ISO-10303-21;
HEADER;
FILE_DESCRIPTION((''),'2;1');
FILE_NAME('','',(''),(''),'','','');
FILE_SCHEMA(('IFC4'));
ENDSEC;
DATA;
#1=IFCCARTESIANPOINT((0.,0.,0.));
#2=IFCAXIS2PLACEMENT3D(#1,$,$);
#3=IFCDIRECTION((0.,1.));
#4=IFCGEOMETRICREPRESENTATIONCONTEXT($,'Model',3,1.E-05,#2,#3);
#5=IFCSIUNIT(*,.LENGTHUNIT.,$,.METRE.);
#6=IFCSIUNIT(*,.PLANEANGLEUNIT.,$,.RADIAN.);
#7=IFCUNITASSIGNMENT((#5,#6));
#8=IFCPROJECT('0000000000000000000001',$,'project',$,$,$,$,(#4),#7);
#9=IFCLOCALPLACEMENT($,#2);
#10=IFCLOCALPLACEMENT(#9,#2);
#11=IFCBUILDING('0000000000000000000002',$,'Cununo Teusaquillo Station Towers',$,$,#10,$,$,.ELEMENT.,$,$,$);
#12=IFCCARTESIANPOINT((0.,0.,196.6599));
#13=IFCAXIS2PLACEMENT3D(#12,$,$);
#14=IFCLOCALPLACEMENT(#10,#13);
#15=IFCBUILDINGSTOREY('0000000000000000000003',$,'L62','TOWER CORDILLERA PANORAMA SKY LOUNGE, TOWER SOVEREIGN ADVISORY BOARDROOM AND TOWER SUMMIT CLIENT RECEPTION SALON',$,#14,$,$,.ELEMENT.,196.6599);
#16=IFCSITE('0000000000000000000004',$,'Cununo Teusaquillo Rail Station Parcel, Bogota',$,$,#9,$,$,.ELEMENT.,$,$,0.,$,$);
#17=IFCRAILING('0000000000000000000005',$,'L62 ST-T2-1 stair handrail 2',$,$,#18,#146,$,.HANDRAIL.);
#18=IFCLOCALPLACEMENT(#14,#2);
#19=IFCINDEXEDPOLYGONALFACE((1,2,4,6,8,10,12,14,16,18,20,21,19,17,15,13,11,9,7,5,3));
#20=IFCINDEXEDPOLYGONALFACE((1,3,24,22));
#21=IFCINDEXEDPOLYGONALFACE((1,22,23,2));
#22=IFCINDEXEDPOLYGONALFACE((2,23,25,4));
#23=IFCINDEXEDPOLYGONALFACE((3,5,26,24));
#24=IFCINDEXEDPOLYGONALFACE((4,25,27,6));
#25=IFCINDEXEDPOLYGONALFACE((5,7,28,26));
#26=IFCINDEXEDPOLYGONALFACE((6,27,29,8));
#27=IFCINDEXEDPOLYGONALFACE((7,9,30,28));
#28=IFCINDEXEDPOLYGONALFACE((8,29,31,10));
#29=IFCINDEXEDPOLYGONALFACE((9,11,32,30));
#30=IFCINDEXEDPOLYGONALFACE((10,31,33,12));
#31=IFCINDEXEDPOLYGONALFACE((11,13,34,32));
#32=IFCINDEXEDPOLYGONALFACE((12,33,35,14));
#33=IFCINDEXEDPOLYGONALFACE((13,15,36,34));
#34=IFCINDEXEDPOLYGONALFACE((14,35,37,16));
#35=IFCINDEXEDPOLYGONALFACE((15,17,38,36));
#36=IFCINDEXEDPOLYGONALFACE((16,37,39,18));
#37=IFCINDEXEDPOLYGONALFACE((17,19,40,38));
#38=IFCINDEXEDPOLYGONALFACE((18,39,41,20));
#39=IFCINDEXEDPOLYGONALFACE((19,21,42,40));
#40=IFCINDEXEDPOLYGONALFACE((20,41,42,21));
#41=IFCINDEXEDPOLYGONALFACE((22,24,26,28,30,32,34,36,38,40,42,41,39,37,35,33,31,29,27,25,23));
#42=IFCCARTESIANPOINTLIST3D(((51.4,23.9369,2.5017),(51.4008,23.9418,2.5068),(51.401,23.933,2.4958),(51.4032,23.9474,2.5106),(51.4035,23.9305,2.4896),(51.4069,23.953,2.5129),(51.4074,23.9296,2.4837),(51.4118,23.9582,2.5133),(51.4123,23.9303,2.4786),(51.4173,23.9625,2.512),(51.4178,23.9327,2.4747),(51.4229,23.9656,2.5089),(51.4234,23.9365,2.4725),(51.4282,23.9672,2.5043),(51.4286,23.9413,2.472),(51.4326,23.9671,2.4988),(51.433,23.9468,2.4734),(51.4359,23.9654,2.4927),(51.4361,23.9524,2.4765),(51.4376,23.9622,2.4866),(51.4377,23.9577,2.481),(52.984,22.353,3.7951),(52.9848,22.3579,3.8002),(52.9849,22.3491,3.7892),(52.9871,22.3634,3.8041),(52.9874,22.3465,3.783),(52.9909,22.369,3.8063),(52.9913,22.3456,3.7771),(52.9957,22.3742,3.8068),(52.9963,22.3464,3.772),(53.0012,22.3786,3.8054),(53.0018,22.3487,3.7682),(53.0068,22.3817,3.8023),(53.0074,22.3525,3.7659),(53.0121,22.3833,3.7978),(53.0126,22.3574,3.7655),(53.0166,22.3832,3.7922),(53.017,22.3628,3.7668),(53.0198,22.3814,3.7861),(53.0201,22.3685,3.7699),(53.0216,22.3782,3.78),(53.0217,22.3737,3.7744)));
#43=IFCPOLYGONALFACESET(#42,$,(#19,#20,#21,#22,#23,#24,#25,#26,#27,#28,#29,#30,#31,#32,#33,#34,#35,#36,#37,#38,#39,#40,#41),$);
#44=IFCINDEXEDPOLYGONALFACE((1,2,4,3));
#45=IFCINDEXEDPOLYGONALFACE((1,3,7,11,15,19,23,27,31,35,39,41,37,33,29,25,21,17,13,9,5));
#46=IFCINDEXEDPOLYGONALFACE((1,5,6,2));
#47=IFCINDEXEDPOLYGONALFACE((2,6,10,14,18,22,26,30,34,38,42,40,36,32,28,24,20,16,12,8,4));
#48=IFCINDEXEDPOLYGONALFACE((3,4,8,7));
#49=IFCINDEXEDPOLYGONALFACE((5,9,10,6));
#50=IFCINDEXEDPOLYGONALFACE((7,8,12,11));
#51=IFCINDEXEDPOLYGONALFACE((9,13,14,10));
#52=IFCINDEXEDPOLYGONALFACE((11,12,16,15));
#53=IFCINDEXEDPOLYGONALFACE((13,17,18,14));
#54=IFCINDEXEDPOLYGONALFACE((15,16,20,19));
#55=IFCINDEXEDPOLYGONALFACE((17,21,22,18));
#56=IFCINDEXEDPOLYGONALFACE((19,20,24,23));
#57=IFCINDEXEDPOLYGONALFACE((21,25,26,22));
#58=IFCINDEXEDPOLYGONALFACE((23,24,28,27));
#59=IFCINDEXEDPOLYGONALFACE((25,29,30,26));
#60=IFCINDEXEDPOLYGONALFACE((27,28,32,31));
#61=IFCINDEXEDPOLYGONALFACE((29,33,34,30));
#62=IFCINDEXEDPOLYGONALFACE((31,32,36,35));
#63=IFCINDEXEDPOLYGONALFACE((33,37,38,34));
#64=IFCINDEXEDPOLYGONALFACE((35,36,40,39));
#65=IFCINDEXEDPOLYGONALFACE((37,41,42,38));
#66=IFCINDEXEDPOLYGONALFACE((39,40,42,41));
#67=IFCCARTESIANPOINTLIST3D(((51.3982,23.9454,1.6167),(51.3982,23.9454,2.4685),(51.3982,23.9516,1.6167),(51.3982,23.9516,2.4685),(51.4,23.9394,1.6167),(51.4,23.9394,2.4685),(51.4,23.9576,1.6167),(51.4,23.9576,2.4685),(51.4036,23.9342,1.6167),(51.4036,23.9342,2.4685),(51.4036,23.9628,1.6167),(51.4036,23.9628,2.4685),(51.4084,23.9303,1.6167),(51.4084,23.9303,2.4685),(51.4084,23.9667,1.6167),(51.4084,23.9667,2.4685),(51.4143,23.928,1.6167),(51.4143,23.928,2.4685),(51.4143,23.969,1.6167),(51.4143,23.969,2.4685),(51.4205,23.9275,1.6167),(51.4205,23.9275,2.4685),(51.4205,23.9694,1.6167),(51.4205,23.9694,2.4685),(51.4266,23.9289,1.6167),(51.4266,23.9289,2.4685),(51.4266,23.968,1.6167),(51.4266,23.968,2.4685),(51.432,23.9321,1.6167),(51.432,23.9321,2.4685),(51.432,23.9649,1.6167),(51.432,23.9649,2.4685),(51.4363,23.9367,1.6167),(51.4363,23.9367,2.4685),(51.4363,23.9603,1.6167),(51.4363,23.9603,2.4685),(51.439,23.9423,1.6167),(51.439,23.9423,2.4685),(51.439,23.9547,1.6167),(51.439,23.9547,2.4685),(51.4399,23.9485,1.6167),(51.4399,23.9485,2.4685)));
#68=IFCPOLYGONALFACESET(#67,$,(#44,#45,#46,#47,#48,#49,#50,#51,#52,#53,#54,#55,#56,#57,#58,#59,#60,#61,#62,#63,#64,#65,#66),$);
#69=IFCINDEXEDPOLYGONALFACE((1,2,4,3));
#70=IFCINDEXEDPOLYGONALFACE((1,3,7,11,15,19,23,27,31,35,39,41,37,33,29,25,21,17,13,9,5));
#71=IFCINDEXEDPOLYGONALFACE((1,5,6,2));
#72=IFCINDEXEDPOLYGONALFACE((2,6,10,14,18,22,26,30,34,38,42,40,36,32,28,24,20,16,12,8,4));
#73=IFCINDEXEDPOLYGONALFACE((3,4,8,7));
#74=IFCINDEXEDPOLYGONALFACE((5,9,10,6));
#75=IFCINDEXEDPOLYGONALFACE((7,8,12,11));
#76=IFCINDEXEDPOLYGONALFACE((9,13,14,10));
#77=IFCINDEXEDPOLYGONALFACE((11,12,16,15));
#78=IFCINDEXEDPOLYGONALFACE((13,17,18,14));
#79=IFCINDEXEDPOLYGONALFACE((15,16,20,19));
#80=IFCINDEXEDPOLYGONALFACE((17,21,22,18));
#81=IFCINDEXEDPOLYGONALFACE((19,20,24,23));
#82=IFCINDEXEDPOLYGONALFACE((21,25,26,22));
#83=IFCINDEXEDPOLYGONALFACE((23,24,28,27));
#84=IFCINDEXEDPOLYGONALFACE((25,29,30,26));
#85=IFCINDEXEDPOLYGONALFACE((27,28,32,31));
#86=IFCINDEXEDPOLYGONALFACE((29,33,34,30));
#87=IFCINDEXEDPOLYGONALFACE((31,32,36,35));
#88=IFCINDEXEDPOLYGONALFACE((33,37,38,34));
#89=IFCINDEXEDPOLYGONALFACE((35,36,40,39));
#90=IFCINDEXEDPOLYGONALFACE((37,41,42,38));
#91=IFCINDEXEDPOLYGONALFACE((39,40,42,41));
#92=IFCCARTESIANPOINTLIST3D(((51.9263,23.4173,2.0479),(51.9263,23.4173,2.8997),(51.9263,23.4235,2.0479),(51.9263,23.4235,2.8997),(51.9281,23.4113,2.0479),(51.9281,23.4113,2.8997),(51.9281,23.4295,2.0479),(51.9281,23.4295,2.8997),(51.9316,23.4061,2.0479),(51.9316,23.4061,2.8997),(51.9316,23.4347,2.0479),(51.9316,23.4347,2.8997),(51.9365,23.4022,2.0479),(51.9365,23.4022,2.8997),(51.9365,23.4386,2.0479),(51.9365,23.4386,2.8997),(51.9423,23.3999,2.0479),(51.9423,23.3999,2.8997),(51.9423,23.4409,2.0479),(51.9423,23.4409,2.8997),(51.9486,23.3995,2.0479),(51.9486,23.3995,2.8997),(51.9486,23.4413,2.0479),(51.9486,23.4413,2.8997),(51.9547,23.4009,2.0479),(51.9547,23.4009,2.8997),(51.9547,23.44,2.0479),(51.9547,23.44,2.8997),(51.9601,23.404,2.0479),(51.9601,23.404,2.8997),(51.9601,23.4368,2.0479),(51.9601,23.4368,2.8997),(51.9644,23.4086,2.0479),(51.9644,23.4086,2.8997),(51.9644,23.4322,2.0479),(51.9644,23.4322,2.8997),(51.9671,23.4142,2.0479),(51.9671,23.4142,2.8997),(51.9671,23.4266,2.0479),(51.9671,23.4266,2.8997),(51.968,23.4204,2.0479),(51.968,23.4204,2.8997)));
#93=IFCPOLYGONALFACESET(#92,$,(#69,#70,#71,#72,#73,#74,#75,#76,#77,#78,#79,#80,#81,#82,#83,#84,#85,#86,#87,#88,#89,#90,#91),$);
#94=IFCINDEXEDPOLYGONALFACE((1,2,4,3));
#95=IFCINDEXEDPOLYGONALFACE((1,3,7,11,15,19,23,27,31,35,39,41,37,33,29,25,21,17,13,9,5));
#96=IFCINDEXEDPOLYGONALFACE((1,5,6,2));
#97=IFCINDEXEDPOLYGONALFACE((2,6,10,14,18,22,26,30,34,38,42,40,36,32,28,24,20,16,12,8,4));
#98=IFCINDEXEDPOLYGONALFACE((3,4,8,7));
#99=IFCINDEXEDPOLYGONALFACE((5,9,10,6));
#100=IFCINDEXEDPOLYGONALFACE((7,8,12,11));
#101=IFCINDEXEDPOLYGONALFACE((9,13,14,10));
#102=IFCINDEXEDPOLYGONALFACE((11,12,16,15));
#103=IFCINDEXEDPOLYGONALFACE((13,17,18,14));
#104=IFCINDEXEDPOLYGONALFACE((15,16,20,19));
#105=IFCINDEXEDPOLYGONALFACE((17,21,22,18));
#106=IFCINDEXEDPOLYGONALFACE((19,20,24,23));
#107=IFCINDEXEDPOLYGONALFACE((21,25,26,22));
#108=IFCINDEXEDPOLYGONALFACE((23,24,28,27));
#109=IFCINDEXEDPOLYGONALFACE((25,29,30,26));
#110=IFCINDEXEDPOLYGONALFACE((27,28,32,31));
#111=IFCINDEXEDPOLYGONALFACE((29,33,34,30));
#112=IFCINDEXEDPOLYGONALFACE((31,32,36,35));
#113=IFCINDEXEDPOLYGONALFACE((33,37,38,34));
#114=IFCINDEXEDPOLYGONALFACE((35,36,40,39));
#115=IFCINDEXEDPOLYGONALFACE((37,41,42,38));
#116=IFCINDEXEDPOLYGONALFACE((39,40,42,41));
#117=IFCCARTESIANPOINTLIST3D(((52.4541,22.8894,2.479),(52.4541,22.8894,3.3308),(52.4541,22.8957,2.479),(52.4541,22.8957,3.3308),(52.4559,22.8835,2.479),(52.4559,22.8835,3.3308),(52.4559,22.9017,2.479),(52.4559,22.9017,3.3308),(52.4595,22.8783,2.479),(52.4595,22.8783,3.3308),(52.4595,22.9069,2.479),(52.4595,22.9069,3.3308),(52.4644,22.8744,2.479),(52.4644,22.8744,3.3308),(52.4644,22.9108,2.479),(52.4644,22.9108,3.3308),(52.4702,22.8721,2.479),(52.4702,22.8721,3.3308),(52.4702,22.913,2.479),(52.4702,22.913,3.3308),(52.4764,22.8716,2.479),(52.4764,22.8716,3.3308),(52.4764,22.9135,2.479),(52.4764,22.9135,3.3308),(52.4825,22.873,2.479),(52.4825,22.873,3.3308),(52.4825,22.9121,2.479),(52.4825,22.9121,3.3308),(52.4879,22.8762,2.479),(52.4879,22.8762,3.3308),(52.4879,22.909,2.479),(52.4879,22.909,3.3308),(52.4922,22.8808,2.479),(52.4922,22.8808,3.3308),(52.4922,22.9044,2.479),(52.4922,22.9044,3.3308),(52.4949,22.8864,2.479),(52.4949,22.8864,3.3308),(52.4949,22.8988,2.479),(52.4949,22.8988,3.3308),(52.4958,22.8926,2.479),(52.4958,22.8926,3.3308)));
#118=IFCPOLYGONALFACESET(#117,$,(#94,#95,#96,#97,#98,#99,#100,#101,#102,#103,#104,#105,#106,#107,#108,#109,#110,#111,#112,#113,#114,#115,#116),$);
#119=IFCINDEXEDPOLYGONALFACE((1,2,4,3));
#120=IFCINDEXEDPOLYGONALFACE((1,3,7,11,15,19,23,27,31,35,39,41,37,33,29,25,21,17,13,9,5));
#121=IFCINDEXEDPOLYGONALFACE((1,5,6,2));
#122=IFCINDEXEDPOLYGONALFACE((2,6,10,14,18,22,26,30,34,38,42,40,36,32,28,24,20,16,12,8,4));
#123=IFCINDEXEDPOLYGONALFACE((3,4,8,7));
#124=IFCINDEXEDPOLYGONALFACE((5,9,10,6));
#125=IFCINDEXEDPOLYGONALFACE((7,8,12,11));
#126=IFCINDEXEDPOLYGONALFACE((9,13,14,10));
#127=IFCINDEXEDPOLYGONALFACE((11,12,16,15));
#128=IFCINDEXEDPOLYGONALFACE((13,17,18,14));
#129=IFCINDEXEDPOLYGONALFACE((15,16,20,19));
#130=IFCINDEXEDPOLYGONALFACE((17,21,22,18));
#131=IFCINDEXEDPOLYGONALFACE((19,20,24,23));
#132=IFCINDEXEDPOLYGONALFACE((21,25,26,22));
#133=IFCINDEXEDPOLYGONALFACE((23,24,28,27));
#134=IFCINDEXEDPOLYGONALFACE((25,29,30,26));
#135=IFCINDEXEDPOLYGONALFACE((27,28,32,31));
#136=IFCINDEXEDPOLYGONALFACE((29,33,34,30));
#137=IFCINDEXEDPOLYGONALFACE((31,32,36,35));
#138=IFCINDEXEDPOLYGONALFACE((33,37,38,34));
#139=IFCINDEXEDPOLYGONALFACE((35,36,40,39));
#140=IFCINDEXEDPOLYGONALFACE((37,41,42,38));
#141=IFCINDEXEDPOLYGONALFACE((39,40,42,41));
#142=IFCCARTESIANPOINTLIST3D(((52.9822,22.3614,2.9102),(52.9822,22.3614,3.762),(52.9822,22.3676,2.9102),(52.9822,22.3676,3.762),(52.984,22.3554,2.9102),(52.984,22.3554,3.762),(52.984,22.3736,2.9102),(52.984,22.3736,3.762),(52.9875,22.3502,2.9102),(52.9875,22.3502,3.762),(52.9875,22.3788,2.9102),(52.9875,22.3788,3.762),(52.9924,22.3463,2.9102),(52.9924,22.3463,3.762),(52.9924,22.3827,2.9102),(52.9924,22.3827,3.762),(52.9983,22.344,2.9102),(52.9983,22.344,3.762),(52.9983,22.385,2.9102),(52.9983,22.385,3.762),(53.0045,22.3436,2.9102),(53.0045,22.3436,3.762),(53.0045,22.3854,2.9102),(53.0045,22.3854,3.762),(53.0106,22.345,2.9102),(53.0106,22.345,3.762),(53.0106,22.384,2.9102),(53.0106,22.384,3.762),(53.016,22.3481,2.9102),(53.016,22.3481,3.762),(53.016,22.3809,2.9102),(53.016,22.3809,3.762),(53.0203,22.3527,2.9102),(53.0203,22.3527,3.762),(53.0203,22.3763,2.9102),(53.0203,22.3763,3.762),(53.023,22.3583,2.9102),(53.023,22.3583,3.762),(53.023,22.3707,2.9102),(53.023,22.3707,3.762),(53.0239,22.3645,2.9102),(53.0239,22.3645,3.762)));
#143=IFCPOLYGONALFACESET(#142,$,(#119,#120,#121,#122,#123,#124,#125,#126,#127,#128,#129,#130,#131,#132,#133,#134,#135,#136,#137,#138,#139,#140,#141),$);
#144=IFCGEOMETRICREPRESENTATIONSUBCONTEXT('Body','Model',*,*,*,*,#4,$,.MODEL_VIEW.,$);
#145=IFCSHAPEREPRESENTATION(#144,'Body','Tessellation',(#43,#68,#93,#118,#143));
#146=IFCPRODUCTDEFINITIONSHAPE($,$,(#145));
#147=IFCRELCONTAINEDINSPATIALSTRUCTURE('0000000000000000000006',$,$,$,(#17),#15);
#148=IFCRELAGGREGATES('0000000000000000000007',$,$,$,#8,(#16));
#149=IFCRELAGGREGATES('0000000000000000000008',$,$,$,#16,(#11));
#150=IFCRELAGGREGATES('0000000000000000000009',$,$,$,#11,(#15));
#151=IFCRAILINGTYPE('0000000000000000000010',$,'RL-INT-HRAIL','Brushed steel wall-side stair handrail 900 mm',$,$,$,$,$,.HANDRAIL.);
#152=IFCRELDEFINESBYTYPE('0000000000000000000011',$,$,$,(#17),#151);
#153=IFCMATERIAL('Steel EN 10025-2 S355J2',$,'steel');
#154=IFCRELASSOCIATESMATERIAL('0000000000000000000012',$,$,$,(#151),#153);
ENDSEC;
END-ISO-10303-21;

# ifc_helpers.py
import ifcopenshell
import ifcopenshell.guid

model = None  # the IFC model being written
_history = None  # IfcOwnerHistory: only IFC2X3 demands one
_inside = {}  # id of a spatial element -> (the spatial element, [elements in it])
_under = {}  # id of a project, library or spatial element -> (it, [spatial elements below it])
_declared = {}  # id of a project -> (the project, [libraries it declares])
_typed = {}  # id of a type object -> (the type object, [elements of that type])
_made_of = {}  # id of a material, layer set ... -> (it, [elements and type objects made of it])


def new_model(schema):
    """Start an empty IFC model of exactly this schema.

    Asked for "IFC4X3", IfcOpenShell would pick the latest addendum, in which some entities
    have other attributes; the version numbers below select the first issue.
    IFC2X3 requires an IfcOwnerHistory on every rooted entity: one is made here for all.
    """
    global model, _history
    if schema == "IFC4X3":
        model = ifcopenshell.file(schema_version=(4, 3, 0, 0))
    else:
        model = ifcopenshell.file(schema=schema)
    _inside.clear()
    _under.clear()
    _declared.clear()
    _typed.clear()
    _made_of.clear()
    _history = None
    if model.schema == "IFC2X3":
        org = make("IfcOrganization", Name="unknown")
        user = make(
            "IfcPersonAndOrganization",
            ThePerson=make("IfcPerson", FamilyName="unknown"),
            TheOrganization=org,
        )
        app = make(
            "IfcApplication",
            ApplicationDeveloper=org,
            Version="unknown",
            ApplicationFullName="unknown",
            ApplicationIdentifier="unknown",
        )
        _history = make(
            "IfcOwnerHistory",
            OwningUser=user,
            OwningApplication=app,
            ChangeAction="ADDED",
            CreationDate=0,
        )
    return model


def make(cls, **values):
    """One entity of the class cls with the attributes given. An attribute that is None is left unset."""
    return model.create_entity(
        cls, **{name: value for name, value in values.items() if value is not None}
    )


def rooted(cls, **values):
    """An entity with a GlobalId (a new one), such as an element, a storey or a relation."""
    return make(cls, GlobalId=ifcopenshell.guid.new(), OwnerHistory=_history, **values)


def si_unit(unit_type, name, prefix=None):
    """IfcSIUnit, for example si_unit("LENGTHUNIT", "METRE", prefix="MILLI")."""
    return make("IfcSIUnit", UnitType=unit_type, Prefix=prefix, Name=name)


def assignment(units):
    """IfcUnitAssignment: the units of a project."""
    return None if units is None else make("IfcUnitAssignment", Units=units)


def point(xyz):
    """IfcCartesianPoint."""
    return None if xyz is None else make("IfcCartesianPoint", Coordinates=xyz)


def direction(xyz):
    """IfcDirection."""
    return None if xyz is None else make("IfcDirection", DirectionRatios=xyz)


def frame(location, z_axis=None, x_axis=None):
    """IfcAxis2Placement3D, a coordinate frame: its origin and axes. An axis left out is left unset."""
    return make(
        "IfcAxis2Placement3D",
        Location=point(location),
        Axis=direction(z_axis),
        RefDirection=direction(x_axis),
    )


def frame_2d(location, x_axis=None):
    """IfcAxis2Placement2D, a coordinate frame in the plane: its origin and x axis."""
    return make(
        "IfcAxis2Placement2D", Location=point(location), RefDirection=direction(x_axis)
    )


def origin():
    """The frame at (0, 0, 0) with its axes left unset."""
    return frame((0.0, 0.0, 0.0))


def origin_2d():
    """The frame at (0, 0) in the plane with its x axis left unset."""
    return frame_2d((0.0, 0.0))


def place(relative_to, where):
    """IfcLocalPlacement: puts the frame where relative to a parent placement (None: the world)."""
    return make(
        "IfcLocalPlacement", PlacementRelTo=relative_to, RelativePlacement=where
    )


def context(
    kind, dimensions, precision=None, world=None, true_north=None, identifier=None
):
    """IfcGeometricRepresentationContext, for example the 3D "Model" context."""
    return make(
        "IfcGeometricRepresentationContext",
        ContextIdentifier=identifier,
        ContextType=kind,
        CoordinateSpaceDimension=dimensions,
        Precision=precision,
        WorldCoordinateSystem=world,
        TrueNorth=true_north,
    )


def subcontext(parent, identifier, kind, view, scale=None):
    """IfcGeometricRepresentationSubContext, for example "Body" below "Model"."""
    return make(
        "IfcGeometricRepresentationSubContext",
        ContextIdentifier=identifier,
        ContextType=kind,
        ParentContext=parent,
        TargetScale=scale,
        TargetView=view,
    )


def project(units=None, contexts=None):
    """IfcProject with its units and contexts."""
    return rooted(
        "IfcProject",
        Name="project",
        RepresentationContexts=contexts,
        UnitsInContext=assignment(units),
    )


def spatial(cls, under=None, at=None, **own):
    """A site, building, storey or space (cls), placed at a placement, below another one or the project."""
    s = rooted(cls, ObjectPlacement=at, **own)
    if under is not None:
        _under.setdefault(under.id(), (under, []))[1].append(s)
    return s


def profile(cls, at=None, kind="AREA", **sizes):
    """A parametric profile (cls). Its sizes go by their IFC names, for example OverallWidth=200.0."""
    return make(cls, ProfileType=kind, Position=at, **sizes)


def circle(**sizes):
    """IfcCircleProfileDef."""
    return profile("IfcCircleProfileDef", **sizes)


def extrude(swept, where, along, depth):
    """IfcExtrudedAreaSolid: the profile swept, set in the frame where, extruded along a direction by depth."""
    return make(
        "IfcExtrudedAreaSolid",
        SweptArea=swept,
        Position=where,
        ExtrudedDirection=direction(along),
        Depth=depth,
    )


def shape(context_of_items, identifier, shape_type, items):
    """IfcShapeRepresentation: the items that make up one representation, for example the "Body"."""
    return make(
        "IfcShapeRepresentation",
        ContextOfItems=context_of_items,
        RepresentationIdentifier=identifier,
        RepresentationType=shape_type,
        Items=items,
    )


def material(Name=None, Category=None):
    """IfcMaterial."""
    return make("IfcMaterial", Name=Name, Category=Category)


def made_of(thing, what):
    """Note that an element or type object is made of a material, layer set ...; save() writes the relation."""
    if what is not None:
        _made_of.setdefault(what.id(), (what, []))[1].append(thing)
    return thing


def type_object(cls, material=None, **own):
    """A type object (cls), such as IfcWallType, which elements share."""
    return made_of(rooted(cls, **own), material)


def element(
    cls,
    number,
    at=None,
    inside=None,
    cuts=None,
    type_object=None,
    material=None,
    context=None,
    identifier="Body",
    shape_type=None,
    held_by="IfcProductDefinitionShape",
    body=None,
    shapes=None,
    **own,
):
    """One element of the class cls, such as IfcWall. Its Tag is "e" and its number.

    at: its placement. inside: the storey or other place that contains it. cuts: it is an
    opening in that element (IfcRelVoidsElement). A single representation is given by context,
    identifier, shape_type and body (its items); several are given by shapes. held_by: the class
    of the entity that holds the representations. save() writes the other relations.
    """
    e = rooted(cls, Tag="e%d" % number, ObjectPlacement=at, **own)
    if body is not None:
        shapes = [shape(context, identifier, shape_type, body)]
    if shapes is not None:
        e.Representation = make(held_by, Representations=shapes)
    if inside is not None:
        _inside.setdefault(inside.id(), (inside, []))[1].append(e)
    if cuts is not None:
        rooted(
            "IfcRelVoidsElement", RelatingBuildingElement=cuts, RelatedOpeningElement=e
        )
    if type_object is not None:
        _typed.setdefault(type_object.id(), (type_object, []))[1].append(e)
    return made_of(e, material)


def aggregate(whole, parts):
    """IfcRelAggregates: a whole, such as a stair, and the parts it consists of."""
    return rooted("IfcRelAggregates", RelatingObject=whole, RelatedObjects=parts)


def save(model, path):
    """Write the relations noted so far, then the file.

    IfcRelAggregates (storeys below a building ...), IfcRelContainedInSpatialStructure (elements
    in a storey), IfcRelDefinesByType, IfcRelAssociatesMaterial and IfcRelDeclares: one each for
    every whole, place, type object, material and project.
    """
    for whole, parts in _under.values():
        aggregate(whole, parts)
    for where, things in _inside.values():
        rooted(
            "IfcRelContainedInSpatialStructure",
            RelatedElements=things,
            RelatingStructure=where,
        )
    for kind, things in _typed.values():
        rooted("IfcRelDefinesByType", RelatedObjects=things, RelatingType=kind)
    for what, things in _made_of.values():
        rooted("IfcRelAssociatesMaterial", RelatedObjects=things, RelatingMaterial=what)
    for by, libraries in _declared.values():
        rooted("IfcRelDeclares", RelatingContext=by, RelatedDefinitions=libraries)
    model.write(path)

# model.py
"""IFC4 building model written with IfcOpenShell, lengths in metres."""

from ifc_helpers import new_model, si_unit, direction, frame, origin, origin_2d, place, context, subcontext, project, spatial, circle, extrude, material, type_object, element, save


model = new_model("IFC4")

# Units and contexts
model_context = context("Model", 3, precision=1e-05, world=origin(), true_north=direction((0.0, 1.0)))
body_context = subcontext(model_context, "Body", "Model", "MODEL_VIEW")
ifc_project = project(units=[si_unit("LENGTHUNIT", "METRE"), si_unit("PLANEANGLEUNIT", "RADIAN")], contexts=[model_context])

# Site, building, storey
site_placement = place(None, origin())
site = spatial("IfcSite", under=ifc_project, at=site_placement, Name="Cununo Teusaquillo Rail Station Parcel, Bogota", CompositionType="ELEMENT", RefElevation=0.0)
building_placement = place(site_placement, origin())
building = spatial("IfcBuilding", under=site, at=building_placement, Name="Cununo Teusaquillo Station Towers", CompositionType="ELEMENT")
storey_placement = place(building_placement, frame((0.0, 0.0, 196.6599)))
storey = spatial("IfcBuildingStorey", under=building, at=storey_placement, Name="L62", Description="TOWER CORDILLERA PANORAMA SKY LOUNGE, TOWER SOVEREIGN ADVISORY BOARDROOM AND TOWER SUMMIT CLIENT RECEPTION SALON", CompositionType="ELEMENT", Elevation=196.6599)

# Railing
ifc_material_1 = material(Name="Steel EN 10025-2 S355J2", Category="steel")
railing_type_1 = type_object("IfcRailingType", Name="RL-INT-HRAIL", Description="Brushed steel wall-side stair handrail 900 mm", PredefinedType="HANDRAIL", material=ifc_material_1)
railing_1_placement = place(storey_placement, frame((51.4189, 23.9485, 1.6167)))
element("IfcRailing", 1, at=railing_1_placement, inside=storey, type_object=railing_type_1, Name="L62 ST-T2-1 stair handrail 2", PredefinedType="HANDRAIL", context=body_context, shape_type="SweptSolid", body=[
    extrude(circle(Radius=0.0239, at=origin_2d()), frame((0.0, 0.0, 0.876), z_axis=(0.612356, -0.612356, 0.50004), x_axis=(0.707107, 0.707107, 0.0)), (0.0, 0.0, 1.0), 2.5867),
    extrude(circle(Radius=0.021, at=origin_2d()), origin(), (0.0, 0.0, 1.0), 0.8518),
    extrude(circle(Radius=0.021, at=origin_2d()), frame((0.5281, -0.5281, 0.4312)), (0.0, 0.0, 1.0), 0.8518),
    extrude(circle(Radius=0.021, at=origin_2d()), frame((1.0559, -1.0559, 0.8623)), (0.0, 0.0, 1.0), 0.8518),
    extrude(circle(Radius=0.021, at=origin_2d()), frame((1.584, -1.584, 1.2935)), (0.0, 0.0, 1.0), 0.8518),
])

save(model, "model.ifc")
